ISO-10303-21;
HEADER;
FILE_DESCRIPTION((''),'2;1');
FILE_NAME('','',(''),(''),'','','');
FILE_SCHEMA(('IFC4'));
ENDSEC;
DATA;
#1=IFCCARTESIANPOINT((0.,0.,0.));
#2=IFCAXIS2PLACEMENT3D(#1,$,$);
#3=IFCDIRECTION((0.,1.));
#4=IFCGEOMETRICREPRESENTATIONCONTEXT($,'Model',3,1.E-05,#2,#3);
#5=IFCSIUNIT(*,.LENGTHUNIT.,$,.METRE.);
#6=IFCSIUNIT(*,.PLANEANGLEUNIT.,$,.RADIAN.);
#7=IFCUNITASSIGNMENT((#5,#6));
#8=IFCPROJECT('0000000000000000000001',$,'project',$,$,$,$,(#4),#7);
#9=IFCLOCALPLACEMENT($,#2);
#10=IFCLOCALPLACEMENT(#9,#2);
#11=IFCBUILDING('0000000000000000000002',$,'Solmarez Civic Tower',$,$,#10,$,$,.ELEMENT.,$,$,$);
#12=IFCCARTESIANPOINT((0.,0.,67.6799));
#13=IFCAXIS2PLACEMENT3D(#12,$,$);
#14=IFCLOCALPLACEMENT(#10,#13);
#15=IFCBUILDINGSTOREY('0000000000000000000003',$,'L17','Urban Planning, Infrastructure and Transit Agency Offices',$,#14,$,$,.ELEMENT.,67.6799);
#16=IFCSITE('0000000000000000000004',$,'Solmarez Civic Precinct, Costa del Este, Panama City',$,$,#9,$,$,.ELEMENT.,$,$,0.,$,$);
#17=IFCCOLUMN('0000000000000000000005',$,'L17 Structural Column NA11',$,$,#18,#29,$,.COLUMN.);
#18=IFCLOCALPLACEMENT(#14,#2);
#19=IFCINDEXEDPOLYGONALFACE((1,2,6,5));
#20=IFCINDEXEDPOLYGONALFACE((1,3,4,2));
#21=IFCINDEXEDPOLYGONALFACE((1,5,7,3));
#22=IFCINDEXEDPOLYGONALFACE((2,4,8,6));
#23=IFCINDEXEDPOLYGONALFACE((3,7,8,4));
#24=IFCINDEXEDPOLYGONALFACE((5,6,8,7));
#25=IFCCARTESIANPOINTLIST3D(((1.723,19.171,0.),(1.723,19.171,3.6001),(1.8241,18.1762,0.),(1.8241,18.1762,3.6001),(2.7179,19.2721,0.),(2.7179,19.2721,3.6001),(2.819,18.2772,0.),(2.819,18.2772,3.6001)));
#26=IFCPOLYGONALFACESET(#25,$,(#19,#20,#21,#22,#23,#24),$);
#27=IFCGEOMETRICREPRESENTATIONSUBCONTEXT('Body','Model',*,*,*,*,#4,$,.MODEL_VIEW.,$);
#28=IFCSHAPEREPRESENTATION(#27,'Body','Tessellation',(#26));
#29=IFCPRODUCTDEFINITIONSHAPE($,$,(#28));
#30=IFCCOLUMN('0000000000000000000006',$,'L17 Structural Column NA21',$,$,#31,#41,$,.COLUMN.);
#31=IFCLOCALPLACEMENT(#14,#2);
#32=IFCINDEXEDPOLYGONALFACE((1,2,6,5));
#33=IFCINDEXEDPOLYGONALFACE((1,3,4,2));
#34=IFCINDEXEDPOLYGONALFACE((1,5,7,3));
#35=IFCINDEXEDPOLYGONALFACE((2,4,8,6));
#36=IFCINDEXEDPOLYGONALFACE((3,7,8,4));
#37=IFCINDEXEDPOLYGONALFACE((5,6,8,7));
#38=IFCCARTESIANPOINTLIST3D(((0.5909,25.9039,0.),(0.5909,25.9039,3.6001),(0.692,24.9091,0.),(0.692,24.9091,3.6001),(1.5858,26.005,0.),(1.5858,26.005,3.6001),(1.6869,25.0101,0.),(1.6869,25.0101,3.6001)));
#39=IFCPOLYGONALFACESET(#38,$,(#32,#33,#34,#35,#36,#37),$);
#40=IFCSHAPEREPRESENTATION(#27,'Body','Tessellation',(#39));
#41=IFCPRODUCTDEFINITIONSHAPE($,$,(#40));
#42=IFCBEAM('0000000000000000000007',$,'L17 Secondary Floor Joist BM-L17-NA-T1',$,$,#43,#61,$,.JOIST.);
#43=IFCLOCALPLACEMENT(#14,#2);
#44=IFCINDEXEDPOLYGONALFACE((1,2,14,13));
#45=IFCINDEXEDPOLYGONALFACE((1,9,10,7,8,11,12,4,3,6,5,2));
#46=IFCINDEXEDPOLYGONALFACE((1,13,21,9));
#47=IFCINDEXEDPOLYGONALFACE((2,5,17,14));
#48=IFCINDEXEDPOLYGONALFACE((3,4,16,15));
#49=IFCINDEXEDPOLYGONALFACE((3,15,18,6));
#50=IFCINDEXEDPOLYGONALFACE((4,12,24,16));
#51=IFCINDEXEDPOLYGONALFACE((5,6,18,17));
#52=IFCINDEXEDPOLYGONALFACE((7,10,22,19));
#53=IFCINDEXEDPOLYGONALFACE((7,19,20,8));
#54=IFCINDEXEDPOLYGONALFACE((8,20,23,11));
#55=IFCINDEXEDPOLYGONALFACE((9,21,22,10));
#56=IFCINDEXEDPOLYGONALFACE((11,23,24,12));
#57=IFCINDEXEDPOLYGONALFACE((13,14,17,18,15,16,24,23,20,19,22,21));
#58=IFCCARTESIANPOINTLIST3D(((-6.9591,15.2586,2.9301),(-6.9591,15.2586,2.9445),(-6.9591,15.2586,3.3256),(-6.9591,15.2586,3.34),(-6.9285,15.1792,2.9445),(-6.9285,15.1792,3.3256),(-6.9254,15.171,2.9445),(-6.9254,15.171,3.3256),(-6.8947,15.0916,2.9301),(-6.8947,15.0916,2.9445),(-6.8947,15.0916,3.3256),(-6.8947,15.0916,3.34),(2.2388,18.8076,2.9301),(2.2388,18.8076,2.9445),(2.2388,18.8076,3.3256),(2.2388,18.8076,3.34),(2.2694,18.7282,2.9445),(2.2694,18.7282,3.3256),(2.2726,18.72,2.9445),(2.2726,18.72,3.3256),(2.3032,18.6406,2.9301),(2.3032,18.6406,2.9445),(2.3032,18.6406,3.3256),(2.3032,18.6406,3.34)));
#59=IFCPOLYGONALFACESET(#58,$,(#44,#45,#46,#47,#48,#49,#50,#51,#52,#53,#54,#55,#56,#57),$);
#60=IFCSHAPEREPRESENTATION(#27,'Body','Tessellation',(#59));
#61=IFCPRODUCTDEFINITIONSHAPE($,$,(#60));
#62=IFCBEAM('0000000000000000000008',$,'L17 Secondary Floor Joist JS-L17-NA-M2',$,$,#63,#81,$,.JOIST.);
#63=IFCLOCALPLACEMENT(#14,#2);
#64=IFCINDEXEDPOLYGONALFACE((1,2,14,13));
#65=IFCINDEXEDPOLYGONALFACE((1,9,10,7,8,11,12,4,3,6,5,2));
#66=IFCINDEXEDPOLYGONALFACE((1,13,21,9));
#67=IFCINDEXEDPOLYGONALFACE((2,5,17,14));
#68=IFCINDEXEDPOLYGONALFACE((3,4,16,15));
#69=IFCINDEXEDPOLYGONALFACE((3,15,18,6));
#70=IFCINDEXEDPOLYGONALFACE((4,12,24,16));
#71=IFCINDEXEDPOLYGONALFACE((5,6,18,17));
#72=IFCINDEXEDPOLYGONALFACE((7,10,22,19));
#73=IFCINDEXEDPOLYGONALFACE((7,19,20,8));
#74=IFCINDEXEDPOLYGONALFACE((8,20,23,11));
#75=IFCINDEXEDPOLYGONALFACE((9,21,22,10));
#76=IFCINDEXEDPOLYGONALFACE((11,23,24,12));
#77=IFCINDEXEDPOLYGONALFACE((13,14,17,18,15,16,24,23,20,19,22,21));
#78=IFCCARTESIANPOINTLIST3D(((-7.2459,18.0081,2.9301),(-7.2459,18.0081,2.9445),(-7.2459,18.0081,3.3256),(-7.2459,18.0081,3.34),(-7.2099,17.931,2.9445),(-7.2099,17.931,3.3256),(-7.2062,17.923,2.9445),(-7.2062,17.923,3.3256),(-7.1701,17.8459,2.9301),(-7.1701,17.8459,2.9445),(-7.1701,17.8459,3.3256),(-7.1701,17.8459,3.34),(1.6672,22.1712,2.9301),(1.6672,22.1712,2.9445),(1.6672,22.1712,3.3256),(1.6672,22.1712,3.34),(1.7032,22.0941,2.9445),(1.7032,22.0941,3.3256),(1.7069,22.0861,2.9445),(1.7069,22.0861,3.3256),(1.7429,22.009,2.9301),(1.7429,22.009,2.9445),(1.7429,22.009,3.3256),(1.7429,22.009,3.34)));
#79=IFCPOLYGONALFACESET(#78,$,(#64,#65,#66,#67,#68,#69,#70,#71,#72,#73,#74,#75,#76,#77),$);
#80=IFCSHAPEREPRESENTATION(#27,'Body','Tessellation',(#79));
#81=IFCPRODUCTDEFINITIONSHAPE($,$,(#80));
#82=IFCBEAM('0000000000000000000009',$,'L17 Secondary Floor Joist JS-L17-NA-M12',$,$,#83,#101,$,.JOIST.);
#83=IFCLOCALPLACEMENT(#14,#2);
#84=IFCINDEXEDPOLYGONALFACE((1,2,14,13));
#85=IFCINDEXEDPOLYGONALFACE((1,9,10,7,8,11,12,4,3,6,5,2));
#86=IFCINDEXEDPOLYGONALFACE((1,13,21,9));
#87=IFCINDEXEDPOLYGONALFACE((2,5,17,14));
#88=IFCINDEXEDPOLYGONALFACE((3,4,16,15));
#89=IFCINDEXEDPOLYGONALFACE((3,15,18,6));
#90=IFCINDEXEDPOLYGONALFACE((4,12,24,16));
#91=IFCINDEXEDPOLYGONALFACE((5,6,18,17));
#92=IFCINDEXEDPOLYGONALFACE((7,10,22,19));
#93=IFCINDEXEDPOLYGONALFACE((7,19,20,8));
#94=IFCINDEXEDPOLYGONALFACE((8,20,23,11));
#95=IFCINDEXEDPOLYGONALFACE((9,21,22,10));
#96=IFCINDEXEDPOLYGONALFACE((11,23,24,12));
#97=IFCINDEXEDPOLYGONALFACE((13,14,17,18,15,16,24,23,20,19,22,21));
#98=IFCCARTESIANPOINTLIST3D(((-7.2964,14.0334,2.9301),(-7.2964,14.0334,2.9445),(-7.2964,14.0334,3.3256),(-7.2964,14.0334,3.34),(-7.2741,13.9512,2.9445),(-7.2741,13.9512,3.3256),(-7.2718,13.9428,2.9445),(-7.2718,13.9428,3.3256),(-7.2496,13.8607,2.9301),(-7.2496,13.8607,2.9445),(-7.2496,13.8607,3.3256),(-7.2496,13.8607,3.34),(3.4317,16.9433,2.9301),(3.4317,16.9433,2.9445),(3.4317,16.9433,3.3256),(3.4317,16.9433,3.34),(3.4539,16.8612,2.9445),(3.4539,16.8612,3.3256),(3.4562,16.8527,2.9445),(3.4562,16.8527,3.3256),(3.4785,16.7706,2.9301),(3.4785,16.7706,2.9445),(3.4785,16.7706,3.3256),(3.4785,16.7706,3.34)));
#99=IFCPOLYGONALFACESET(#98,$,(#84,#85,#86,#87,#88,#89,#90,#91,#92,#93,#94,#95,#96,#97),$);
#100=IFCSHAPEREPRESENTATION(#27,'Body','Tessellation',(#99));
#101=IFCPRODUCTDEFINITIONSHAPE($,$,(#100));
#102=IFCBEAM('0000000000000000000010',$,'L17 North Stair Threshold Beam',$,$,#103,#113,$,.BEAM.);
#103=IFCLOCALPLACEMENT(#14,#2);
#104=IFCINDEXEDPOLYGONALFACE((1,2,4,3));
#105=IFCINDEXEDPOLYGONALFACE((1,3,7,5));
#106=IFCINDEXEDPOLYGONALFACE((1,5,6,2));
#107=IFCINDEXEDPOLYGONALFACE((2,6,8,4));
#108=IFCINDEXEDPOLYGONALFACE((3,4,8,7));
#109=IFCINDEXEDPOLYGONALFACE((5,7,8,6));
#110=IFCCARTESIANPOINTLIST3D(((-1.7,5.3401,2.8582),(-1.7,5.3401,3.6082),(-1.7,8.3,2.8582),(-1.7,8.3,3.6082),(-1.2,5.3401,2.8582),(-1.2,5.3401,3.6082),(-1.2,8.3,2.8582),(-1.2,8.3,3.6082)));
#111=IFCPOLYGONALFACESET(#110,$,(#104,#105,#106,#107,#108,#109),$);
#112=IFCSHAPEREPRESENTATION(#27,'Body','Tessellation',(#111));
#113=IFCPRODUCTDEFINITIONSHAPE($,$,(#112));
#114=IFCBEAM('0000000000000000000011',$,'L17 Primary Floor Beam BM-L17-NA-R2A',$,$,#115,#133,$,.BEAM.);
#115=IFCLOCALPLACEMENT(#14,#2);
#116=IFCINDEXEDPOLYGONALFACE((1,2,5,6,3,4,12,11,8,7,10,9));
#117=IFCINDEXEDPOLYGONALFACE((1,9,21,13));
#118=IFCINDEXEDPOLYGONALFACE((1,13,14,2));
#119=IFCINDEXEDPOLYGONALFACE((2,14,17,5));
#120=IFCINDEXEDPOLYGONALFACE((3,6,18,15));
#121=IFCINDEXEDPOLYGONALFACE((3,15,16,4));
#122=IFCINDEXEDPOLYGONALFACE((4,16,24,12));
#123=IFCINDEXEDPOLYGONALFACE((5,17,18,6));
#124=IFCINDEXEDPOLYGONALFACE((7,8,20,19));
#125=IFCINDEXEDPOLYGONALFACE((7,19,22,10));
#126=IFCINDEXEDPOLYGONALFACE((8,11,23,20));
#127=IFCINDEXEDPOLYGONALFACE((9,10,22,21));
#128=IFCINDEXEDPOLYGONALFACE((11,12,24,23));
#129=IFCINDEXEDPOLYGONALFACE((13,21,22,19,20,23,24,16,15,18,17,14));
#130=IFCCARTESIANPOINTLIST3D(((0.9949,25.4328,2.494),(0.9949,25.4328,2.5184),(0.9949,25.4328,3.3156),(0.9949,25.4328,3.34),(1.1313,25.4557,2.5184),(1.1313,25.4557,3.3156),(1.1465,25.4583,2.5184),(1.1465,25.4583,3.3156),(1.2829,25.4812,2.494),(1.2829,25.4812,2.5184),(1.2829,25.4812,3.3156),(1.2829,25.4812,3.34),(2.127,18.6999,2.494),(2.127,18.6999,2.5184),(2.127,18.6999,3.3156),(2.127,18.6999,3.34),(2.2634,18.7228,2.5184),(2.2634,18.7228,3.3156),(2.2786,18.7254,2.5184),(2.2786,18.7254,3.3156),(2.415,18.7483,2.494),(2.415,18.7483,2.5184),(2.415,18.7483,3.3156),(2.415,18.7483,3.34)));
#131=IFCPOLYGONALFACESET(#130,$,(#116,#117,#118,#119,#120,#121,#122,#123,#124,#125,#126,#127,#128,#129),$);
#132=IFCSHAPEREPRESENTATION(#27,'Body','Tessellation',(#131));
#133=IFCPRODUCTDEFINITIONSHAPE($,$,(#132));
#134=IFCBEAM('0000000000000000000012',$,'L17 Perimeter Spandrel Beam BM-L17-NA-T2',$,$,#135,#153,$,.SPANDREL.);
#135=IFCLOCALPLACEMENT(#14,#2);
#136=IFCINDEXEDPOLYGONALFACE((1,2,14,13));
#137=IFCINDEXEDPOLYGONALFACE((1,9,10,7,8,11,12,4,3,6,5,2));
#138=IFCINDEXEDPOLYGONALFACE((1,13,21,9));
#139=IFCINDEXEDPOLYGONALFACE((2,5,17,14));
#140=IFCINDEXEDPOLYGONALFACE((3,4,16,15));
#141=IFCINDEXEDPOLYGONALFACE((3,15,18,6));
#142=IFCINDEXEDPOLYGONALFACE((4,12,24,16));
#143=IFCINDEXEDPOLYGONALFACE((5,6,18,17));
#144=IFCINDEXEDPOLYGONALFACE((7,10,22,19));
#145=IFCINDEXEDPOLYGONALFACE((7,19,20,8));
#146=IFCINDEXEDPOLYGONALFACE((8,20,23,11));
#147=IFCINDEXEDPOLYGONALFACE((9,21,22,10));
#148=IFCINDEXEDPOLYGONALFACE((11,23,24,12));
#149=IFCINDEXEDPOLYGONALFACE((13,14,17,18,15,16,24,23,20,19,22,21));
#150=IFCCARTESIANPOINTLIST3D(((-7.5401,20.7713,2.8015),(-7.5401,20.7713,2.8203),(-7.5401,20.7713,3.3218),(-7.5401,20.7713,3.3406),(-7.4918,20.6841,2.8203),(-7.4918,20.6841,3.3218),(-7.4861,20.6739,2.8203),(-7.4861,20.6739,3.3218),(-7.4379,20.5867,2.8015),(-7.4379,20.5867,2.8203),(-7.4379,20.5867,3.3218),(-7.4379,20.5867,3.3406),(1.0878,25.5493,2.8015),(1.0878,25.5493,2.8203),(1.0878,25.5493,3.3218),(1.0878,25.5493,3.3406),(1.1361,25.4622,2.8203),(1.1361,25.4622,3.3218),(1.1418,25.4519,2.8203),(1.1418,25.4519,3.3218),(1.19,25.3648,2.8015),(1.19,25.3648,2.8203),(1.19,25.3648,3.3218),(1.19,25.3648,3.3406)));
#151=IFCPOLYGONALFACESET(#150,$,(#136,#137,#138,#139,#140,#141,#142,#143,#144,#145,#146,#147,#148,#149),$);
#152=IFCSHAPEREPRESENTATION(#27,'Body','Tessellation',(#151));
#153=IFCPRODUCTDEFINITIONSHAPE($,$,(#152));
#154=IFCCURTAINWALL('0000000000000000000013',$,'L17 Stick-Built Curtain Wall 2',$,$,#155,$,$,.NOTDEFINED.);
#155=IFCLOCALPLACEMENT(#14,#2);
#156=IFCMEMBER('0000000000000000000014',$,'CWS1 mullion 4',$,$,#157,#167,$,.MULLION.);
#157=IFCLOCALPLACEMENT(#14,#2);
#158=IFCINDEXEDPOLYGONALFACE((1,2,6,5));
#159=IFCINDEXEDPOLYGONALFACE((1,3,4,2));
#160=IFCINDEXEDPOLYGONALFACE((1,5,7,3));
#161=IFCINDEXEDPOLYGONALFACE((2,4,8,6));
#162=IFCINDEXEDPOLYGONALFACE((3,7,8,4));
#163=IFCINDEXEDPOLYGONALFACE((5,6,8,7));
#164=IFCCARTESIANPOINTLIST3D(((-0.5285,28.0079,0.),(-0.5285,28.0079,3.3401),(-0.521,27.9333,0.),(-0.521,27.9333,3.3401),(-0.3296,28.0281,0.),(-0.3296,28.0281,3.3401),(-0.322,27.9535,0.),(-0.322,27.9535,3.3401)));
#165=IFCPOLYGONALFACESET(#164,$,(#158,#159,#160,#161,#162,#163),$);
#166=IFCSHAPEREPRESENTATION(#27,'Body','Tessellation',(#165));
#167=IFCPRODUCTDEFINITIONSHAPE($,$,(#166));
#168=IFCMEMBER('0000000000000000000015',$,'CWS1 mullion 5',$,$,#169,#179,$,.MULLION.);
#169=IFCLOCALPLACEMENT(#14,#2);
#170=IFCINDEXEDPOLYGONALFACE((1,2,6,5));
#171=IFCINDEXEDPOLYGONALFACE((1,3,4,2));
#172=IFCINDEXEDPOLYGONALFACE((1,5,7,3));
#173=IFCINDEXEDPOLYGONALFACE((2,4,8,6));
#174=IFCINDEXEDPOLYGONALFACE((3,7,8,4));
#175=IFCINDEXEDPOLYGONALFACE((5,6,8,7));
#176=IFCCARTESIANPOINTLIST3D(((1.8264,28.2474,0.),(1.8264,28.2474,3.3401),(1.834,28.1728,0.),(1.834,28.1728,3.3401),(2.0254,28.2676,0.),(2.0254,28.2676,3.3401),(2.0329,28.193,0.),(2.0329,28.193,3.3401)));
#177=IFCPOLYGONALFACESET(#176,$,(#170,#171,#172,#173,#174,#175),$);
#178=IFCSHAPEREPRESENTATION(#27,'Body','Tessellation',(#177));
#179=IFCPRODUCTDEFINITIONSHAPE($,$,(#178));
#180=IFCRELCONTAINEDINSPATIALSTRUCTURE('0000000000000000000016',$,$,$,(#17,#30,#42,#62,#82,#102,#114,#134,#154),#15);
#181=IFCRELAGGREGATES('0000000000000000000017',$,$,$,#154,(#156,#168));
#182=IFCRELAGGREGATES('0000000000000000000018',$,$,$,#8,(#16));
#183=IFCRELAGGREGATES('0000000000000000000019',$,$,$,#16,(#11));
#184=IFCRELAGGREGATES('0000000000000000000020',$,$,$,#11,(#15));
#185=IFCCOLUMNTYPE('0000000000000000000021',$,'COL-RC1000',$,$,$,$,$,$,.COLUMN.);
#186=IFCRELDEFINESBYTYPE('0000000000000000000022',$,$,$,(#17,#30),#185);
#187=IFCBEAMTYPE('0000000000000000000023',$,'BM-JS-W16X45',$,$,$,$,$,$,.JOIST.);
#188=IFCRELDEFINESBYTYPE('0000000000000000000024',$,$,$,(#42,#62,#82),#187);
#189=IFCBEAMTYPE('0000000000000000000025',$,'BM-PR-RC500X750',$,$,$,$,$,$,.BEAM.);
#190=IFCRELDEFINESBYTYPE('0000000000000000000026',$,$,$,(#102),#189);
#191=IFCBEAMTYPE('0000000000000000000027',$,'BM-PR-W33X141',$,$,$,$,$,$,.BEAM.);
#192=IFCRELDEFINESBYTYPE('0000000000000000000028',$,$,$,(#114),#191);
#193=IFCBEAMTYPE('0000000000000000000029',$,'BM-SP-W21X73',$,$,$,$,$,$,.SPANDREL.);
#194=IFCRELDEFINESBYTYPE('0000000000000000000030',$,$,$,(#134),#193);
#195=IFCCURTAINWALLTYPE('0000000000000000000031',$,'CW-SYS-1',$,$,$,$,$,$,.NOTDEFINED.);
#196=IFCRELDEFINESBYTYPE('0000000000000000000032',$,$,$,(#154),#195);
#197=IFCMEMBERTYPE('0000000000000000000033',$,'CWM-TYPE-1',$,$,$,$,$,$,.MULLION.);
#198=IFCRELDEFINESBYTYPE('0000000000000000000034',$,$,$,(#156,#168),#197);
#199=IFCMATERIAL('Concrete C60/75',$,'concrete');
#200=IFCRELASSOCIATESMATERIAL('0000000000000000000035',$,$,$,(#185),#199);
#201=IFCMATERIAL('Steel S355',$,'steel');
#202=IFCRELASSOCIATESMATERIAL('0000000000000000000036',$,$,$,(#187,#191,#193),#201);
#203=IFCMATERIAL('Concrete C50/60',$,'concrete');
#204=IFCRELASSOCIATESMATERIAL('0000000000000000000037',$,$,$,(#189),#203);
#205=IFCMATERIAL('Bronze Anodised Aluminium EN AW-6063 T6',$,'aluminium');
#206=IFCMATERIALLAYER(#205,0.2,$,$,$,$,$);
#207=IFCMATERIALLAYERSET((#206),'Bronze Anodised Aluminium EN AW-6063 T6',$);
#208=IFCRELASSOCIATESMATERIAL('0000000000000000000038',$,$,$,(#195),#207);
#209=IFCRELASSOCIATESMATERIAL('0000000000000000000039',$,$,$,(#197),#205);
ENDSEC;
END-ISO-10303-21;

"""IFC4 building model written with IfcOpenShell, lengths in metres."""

from ifc_helpers import new_model, si_unit, direction, frame, origin, origin_2d, place, context, subcontext, project, spatial, rectangle, i_section, extrude, material, layer, layer_set, material_profile, profile_set, type_object, element, aggregate, save


model = new_model("IFC4")

# Units and contexts
model_context = context("Model", 3, precision=1e-05, world=origin(), true_north=direction((0.0, 1.0)))
body_context = subcontext(model_context, "Body", "Model", "MODEL_VIEW")
ifc_project = project(units=[si_unit("LENGTHUNIT", "METRE"), si_unit("PLANEANGLEUNIT", "RADIAN")], contexts=[model_context])

# Site, building, storey
site_placement = place(None, origin())
site = spatial("IfcSite", under=ifc_project, at=site_placement, Name="Solmarez Civic Precinct, Costa del Este, Panama City", CompositionType="ELEMENT", RefElevation=0.0)
building_placement = place(site_placement, origin())
building = spatial("IfcBuilding", under=site, at=building_placement, Name="Solmarez Civic Tower", CompositionType="ELEMENT")
storey_placement = place(building_placement, frame((0.0, 0.0, 67.6799)))
storey = spatial("IfcBuildingStorey", under=building, at=storey_placement, Name="L17", Description="Urban Planning, Infrastructure and Transit Agency Offices", CompositionType="ELEMENT", Elevation=67.6799)

# Columns
ifc_material_1 = material(Name="Concrete C60/75", Category="concrete")
ifc_material_profile_1 = material_profile(ifc_material_1, rectangle(XDim=1.0, YDim=1.0, at=origin_2d()), Name="RC1000X1000")
ifc_profile_set_1 = profile_set([ifc_material_profile_1], Name="Concrete C60/75")
column_type = type_object("IfcColumnType", Name="COL-RC1000", PredefinedType="COLUMN", material=ifc_profile_set_1)
for number, where, z_axis, x_axis, name in (
    (1, (2.271, 18.7241, 0.0), (0.0, 0.0, 1.0), (0.994881, 0.101056, 0.0), "L17 Structural Column NA11"),
    (2, (1.1389, 25.457, 0.0), (0.0, 0.0, 1.0), (0.994881, 0.101056, 0.0), "L17 Structural Column NA21"),
):
    element("IfcColumn", number, at=place(storey_placement, frame(where, z_axis=z_axis, x_axis=x_axis)), inside=storey, type_object=column_type, Name=name, PredefinedType="COLUMN", context=body_context, shape_type="SweptSolid", body=[
        extrude(rectangle(XDim=1.0, YDim=1.0, at=origin_2d()), origin(), (0.0, 0.0, 1.0), 3.6001),
    ])

# Beams
ifc_material_2 = material(Name="Steel S355", Category="steel")
ifc_material_profile_2 = material_profile(ifc_material_2, i_section(OverallWidth=0.179, OverallDepth=0.4099, WebThickness=0.0088, FlangeThickness=0.0144, at=origin_2d()), Name="W16X45")
ifc_profile_set_2 = profile_set([ifc_material_profile_2], Name="Steel S355")
beam_type_1 = type_object("IfcBeamType", Name="BM-JS-W16X45", PredefinedType="JOIST", material=ifc_profile_set_2)
beam_1_placement = place(storey_placement, frame((2.271, 18.7241, 3.135), z_axis=(-0.932958, -0.359984, 0.0), x_axis=(0.359984, -0.932958, 0.0)))
element("IfcBeam", 3, at=beam_1_placement, inside=storey, type_object=beam_type_1, Name="L17 Secondary Floor Joist BM-L17-NA-T1", PredefinedType="JOIST", context=body_context, shape_type="SweptSolid", body=[
    extrude(i_section(OverallWidth=0.179, OverallDepth=0.4099, WebThickness=0.0088, FlangeThickness=0.0144, at=origin_2d()), origin(), (0.0, 0.0, 1.0), 9.8589),
])
beam_2_placement = place(storey_placement, frame((1.7051, 22.0901, 3.135), z_axis=(-0.906041, -0.42319, 0.0), x_axis=(0.42319, -0.906041, 0.0)))
element("IfcBeam", 4, at=beam_2_placement, inside=storey, type_object=beam_type_1, Name="L17 Secondary Floor Joist JS-L17-NA-M2", PredefinedType="JOIST", context=body_context, shape_type="SweptSolid", body=[
    extrude(i_section(OverallWidth=0.179, OverallDepth=0.4099, WebThickness=0.0088, FlangeThickness=0.0144, at=origin_2d()), origin(), (0.0, 0.0, 1.0), 9.8374),
])
beam_3_placement = place(storey_placement, frame((3.4551, 16.8569, 3.135), z_axis=(-0.965126, -0.261785, 0.0), x_axis=(0.261785, -0.965126, 0.0)))
element("IfcBeam", 5, at=beam_3_placement, inside=storey, type_object=beam_type_1, Name="L17 Secondary Floor Joist JS-L17-NA-M12", PredefinedType="JOIST", context=body_context, shape_type="SweptSolid", body=[
    extrude(i_section(OverallWidth=0.179, OverallDepth=0.4099, WebThickness=0.0088, FlangeThickness=0.0144, at=origin_2d()), origin(), (0.0, 0.0, 1.0), 11.1157),
])
ifc_material_3 = material(Name="Concrete C50/60", Category="concrete")
ifc_material_profile_3 = material_profile(ifc_material_3, rectangle(XDim=0.5, YDim=0.75, at=origin_2d()), Name="RC500X750")
ifc_profile_set_3 = profile_set([ifc_material_profile_3], Name="Concrete C50/60")
beam_type_2 = type_object("IfcBeamType", Name="BM-PR-RC500X750", PredefinedType="BEAM", material=ifc_profile_set_3)
beam_4_placement = place(storey_placement, frame((-1.45, 5.3401, 3.2332), z_axis=(0.0, 1.0, 0.0), x_axis=(-1.0, 0.0, 0.0)))
element("IfcBeam", 6, at=beam_4_placement, inside=storey, type_object=beam_type_2, Name="L17 North Stair Threshold Beam", PredefinedType="BEAM", context=body_context, shape_type="SweptSolid", body=[
    extrude(rectangle(XDim=0.5, YDim=0.75, at=origin_2d()), origin(), (0.0, 0.0, 1.0), 2.96),
])
ifc_material_profile_4 = material_profile(ifc_material_2, i_section(OverallWidth=0.292, OverallDepth=0.8459, WebThickness=0.0154, FlangeThickness=0.0244, at=origin_2d()), Name="W33X141")
ifc_profile_set_4 = profile_set([ifc_material_profile_4], Name="Steel S355")
beam_type_3 = type_object("IfcBeamType", Name="BM-PR-W33X141", PredefinedType="BEAM", material=ifc_profile_set_4)
beam_5_placement = place(storey_placement, frame((2.271, 18.7241, 2.917), z_axis=(-0.165814, 0.986157, 0.0), x_axis=(-0.986157, -0.165814, 0.0)))
element("IfcBeam", 7, at=beam_5_placement, inside=storey, type_object=beam_type_3, Name="L17 Primary Floor Beam BM-L17-NA-R2A", PredefinedType="BEAM", context=body_context, shape_type="SweptSolid", body=[
    extrude(i_section(OverallWidth=0.292, OverallDepth=0.8459, WebThickness=0.0154, FlangeThickness=0.0244, at=origin_2d()), origin(), (0.0, 0.0, 1.0), 6.8274),
])
ifc_material_profile_5 = material_profile(ifc_material_2, i_section(OverallWidth=0.2109, OverallDepth=0.5391, WebThickness=0.0117, FlangeThickness=0.0188, at=origin_2d()), Name="W21X73")
ifc_profile_set_5 = profile_set([ifc_material_profile_5], Name="Steel S355")
beam_type_4 = type_object("IfcBeamType", Name="BM-SP-W21X73", PredefinedType="SPANDREL", material=ifc_profile_set_5)
beam_6_placement = place(storey_placement, frame((1.1389, 25.457, 3.071), z_axis=(-0.874812, -0.484463, 0.0), x_axis=(0.484463, -0.874812, 0.0)))
element("IfcBeam", 8, at=beam_6_placement, inside=storey, type_object=beam_type_4, Name="L17 Perimeter Spandrel Beam BM-L17-NA-T2", PredefinedType="SPANDREL", context=body_context, shape_type="SweptSolid", body=[
    extrude(i_section(OverallWidth=0.2109, OverallDepth=0.5391, WebThickness=0.0117, FlangeThickness=0.0188, at=origin_2d()), origin(), (0.0, 0.0, 1.0), 9.8625),
])

# Curtain wall, members
ifc_material_4 = material(Name="Bronze Anodised Aluminium EN AW-6063 T6", Category="aluminium")
ifc_layer_1 = layer(ifc_material_4, 0.2)
ifc_layer_set_1 = layer_set([ifc_layer_1], Name="Bronze Anodised Aluminium EN AW-6063 T6")
curtain_wall_type = type_object("IfcCurtainWallType", Name="CW-SYS-1", PredefinedType="NOTDEFINED", material=ifc_layer_set_1)
curtain_wall_placement = place(storey_placement, origin())
curtain_wall = element("IfcCurtainWall", 9, at=curtain_wall_placement, inside=storey, type_object=curtain_wall_type, Name="L17 Stick-Built Curtain Wall 2", PredefinedType="NOTDEFINED")
ifc_material_profile_6 = material_profile(ifc_material_4, rectangle(XDim=0.075, YDim=0.2, at=origin_2d()), Name="CWM-75X200")
ifc_profile_set_6 = profile_set([ifc_material_profile_6], Name="Bronze Anodised Aluminium EN AW-6063 T6")
member_type_1 = type_object("IfcMemberType", Name="CWM-TYPE-1", PredefinedType="MULLION", material=ifc_profile_set_6)
member_1_placement = place(storey_placement, frame((-0.4253, 27.9807, 0.0), z_axis=(0.0, 0.0, 1.0), x_axis=(-0.101161, 0.99487, 0.0)))
member_1 = element("IfcMember", 10, at=member_1_placement, type_object=member_type_1, Name="CWS1 mullion 4", PredefinedType="MULLION", context=body_context, shape_type="SweptSolid", body=[
    extrude(rectangle(XDim=0.075, YDim=0.2, at=origin_2d()), origin(), (0.0, 0.0, 1.0), 3.3401),
])
member_2_placement = place(storey_placement, frame((1.9297, 28.2202, 0.0), z_axis=(0.0, 0.0, 1.0), x_axis=(-0.101161, 0.99487, 0.0)))
member_2 = element("IfcMember", 11, at=member_2_placement, type_object=member_type_1, Name="CWS1 mullion 5", PredefinedType="MULLION", context=body_context, shape_type="SweptSolid", body=[
    extrude(rectangle(XDim=0.075, YDim=0.2, at=origin_2d()), origin(), (0.0, 0.0, 1.0), 3.3401),
])
aggregate(curtain_wall, [member_1, member_2])

save(model, "model.ifc")
